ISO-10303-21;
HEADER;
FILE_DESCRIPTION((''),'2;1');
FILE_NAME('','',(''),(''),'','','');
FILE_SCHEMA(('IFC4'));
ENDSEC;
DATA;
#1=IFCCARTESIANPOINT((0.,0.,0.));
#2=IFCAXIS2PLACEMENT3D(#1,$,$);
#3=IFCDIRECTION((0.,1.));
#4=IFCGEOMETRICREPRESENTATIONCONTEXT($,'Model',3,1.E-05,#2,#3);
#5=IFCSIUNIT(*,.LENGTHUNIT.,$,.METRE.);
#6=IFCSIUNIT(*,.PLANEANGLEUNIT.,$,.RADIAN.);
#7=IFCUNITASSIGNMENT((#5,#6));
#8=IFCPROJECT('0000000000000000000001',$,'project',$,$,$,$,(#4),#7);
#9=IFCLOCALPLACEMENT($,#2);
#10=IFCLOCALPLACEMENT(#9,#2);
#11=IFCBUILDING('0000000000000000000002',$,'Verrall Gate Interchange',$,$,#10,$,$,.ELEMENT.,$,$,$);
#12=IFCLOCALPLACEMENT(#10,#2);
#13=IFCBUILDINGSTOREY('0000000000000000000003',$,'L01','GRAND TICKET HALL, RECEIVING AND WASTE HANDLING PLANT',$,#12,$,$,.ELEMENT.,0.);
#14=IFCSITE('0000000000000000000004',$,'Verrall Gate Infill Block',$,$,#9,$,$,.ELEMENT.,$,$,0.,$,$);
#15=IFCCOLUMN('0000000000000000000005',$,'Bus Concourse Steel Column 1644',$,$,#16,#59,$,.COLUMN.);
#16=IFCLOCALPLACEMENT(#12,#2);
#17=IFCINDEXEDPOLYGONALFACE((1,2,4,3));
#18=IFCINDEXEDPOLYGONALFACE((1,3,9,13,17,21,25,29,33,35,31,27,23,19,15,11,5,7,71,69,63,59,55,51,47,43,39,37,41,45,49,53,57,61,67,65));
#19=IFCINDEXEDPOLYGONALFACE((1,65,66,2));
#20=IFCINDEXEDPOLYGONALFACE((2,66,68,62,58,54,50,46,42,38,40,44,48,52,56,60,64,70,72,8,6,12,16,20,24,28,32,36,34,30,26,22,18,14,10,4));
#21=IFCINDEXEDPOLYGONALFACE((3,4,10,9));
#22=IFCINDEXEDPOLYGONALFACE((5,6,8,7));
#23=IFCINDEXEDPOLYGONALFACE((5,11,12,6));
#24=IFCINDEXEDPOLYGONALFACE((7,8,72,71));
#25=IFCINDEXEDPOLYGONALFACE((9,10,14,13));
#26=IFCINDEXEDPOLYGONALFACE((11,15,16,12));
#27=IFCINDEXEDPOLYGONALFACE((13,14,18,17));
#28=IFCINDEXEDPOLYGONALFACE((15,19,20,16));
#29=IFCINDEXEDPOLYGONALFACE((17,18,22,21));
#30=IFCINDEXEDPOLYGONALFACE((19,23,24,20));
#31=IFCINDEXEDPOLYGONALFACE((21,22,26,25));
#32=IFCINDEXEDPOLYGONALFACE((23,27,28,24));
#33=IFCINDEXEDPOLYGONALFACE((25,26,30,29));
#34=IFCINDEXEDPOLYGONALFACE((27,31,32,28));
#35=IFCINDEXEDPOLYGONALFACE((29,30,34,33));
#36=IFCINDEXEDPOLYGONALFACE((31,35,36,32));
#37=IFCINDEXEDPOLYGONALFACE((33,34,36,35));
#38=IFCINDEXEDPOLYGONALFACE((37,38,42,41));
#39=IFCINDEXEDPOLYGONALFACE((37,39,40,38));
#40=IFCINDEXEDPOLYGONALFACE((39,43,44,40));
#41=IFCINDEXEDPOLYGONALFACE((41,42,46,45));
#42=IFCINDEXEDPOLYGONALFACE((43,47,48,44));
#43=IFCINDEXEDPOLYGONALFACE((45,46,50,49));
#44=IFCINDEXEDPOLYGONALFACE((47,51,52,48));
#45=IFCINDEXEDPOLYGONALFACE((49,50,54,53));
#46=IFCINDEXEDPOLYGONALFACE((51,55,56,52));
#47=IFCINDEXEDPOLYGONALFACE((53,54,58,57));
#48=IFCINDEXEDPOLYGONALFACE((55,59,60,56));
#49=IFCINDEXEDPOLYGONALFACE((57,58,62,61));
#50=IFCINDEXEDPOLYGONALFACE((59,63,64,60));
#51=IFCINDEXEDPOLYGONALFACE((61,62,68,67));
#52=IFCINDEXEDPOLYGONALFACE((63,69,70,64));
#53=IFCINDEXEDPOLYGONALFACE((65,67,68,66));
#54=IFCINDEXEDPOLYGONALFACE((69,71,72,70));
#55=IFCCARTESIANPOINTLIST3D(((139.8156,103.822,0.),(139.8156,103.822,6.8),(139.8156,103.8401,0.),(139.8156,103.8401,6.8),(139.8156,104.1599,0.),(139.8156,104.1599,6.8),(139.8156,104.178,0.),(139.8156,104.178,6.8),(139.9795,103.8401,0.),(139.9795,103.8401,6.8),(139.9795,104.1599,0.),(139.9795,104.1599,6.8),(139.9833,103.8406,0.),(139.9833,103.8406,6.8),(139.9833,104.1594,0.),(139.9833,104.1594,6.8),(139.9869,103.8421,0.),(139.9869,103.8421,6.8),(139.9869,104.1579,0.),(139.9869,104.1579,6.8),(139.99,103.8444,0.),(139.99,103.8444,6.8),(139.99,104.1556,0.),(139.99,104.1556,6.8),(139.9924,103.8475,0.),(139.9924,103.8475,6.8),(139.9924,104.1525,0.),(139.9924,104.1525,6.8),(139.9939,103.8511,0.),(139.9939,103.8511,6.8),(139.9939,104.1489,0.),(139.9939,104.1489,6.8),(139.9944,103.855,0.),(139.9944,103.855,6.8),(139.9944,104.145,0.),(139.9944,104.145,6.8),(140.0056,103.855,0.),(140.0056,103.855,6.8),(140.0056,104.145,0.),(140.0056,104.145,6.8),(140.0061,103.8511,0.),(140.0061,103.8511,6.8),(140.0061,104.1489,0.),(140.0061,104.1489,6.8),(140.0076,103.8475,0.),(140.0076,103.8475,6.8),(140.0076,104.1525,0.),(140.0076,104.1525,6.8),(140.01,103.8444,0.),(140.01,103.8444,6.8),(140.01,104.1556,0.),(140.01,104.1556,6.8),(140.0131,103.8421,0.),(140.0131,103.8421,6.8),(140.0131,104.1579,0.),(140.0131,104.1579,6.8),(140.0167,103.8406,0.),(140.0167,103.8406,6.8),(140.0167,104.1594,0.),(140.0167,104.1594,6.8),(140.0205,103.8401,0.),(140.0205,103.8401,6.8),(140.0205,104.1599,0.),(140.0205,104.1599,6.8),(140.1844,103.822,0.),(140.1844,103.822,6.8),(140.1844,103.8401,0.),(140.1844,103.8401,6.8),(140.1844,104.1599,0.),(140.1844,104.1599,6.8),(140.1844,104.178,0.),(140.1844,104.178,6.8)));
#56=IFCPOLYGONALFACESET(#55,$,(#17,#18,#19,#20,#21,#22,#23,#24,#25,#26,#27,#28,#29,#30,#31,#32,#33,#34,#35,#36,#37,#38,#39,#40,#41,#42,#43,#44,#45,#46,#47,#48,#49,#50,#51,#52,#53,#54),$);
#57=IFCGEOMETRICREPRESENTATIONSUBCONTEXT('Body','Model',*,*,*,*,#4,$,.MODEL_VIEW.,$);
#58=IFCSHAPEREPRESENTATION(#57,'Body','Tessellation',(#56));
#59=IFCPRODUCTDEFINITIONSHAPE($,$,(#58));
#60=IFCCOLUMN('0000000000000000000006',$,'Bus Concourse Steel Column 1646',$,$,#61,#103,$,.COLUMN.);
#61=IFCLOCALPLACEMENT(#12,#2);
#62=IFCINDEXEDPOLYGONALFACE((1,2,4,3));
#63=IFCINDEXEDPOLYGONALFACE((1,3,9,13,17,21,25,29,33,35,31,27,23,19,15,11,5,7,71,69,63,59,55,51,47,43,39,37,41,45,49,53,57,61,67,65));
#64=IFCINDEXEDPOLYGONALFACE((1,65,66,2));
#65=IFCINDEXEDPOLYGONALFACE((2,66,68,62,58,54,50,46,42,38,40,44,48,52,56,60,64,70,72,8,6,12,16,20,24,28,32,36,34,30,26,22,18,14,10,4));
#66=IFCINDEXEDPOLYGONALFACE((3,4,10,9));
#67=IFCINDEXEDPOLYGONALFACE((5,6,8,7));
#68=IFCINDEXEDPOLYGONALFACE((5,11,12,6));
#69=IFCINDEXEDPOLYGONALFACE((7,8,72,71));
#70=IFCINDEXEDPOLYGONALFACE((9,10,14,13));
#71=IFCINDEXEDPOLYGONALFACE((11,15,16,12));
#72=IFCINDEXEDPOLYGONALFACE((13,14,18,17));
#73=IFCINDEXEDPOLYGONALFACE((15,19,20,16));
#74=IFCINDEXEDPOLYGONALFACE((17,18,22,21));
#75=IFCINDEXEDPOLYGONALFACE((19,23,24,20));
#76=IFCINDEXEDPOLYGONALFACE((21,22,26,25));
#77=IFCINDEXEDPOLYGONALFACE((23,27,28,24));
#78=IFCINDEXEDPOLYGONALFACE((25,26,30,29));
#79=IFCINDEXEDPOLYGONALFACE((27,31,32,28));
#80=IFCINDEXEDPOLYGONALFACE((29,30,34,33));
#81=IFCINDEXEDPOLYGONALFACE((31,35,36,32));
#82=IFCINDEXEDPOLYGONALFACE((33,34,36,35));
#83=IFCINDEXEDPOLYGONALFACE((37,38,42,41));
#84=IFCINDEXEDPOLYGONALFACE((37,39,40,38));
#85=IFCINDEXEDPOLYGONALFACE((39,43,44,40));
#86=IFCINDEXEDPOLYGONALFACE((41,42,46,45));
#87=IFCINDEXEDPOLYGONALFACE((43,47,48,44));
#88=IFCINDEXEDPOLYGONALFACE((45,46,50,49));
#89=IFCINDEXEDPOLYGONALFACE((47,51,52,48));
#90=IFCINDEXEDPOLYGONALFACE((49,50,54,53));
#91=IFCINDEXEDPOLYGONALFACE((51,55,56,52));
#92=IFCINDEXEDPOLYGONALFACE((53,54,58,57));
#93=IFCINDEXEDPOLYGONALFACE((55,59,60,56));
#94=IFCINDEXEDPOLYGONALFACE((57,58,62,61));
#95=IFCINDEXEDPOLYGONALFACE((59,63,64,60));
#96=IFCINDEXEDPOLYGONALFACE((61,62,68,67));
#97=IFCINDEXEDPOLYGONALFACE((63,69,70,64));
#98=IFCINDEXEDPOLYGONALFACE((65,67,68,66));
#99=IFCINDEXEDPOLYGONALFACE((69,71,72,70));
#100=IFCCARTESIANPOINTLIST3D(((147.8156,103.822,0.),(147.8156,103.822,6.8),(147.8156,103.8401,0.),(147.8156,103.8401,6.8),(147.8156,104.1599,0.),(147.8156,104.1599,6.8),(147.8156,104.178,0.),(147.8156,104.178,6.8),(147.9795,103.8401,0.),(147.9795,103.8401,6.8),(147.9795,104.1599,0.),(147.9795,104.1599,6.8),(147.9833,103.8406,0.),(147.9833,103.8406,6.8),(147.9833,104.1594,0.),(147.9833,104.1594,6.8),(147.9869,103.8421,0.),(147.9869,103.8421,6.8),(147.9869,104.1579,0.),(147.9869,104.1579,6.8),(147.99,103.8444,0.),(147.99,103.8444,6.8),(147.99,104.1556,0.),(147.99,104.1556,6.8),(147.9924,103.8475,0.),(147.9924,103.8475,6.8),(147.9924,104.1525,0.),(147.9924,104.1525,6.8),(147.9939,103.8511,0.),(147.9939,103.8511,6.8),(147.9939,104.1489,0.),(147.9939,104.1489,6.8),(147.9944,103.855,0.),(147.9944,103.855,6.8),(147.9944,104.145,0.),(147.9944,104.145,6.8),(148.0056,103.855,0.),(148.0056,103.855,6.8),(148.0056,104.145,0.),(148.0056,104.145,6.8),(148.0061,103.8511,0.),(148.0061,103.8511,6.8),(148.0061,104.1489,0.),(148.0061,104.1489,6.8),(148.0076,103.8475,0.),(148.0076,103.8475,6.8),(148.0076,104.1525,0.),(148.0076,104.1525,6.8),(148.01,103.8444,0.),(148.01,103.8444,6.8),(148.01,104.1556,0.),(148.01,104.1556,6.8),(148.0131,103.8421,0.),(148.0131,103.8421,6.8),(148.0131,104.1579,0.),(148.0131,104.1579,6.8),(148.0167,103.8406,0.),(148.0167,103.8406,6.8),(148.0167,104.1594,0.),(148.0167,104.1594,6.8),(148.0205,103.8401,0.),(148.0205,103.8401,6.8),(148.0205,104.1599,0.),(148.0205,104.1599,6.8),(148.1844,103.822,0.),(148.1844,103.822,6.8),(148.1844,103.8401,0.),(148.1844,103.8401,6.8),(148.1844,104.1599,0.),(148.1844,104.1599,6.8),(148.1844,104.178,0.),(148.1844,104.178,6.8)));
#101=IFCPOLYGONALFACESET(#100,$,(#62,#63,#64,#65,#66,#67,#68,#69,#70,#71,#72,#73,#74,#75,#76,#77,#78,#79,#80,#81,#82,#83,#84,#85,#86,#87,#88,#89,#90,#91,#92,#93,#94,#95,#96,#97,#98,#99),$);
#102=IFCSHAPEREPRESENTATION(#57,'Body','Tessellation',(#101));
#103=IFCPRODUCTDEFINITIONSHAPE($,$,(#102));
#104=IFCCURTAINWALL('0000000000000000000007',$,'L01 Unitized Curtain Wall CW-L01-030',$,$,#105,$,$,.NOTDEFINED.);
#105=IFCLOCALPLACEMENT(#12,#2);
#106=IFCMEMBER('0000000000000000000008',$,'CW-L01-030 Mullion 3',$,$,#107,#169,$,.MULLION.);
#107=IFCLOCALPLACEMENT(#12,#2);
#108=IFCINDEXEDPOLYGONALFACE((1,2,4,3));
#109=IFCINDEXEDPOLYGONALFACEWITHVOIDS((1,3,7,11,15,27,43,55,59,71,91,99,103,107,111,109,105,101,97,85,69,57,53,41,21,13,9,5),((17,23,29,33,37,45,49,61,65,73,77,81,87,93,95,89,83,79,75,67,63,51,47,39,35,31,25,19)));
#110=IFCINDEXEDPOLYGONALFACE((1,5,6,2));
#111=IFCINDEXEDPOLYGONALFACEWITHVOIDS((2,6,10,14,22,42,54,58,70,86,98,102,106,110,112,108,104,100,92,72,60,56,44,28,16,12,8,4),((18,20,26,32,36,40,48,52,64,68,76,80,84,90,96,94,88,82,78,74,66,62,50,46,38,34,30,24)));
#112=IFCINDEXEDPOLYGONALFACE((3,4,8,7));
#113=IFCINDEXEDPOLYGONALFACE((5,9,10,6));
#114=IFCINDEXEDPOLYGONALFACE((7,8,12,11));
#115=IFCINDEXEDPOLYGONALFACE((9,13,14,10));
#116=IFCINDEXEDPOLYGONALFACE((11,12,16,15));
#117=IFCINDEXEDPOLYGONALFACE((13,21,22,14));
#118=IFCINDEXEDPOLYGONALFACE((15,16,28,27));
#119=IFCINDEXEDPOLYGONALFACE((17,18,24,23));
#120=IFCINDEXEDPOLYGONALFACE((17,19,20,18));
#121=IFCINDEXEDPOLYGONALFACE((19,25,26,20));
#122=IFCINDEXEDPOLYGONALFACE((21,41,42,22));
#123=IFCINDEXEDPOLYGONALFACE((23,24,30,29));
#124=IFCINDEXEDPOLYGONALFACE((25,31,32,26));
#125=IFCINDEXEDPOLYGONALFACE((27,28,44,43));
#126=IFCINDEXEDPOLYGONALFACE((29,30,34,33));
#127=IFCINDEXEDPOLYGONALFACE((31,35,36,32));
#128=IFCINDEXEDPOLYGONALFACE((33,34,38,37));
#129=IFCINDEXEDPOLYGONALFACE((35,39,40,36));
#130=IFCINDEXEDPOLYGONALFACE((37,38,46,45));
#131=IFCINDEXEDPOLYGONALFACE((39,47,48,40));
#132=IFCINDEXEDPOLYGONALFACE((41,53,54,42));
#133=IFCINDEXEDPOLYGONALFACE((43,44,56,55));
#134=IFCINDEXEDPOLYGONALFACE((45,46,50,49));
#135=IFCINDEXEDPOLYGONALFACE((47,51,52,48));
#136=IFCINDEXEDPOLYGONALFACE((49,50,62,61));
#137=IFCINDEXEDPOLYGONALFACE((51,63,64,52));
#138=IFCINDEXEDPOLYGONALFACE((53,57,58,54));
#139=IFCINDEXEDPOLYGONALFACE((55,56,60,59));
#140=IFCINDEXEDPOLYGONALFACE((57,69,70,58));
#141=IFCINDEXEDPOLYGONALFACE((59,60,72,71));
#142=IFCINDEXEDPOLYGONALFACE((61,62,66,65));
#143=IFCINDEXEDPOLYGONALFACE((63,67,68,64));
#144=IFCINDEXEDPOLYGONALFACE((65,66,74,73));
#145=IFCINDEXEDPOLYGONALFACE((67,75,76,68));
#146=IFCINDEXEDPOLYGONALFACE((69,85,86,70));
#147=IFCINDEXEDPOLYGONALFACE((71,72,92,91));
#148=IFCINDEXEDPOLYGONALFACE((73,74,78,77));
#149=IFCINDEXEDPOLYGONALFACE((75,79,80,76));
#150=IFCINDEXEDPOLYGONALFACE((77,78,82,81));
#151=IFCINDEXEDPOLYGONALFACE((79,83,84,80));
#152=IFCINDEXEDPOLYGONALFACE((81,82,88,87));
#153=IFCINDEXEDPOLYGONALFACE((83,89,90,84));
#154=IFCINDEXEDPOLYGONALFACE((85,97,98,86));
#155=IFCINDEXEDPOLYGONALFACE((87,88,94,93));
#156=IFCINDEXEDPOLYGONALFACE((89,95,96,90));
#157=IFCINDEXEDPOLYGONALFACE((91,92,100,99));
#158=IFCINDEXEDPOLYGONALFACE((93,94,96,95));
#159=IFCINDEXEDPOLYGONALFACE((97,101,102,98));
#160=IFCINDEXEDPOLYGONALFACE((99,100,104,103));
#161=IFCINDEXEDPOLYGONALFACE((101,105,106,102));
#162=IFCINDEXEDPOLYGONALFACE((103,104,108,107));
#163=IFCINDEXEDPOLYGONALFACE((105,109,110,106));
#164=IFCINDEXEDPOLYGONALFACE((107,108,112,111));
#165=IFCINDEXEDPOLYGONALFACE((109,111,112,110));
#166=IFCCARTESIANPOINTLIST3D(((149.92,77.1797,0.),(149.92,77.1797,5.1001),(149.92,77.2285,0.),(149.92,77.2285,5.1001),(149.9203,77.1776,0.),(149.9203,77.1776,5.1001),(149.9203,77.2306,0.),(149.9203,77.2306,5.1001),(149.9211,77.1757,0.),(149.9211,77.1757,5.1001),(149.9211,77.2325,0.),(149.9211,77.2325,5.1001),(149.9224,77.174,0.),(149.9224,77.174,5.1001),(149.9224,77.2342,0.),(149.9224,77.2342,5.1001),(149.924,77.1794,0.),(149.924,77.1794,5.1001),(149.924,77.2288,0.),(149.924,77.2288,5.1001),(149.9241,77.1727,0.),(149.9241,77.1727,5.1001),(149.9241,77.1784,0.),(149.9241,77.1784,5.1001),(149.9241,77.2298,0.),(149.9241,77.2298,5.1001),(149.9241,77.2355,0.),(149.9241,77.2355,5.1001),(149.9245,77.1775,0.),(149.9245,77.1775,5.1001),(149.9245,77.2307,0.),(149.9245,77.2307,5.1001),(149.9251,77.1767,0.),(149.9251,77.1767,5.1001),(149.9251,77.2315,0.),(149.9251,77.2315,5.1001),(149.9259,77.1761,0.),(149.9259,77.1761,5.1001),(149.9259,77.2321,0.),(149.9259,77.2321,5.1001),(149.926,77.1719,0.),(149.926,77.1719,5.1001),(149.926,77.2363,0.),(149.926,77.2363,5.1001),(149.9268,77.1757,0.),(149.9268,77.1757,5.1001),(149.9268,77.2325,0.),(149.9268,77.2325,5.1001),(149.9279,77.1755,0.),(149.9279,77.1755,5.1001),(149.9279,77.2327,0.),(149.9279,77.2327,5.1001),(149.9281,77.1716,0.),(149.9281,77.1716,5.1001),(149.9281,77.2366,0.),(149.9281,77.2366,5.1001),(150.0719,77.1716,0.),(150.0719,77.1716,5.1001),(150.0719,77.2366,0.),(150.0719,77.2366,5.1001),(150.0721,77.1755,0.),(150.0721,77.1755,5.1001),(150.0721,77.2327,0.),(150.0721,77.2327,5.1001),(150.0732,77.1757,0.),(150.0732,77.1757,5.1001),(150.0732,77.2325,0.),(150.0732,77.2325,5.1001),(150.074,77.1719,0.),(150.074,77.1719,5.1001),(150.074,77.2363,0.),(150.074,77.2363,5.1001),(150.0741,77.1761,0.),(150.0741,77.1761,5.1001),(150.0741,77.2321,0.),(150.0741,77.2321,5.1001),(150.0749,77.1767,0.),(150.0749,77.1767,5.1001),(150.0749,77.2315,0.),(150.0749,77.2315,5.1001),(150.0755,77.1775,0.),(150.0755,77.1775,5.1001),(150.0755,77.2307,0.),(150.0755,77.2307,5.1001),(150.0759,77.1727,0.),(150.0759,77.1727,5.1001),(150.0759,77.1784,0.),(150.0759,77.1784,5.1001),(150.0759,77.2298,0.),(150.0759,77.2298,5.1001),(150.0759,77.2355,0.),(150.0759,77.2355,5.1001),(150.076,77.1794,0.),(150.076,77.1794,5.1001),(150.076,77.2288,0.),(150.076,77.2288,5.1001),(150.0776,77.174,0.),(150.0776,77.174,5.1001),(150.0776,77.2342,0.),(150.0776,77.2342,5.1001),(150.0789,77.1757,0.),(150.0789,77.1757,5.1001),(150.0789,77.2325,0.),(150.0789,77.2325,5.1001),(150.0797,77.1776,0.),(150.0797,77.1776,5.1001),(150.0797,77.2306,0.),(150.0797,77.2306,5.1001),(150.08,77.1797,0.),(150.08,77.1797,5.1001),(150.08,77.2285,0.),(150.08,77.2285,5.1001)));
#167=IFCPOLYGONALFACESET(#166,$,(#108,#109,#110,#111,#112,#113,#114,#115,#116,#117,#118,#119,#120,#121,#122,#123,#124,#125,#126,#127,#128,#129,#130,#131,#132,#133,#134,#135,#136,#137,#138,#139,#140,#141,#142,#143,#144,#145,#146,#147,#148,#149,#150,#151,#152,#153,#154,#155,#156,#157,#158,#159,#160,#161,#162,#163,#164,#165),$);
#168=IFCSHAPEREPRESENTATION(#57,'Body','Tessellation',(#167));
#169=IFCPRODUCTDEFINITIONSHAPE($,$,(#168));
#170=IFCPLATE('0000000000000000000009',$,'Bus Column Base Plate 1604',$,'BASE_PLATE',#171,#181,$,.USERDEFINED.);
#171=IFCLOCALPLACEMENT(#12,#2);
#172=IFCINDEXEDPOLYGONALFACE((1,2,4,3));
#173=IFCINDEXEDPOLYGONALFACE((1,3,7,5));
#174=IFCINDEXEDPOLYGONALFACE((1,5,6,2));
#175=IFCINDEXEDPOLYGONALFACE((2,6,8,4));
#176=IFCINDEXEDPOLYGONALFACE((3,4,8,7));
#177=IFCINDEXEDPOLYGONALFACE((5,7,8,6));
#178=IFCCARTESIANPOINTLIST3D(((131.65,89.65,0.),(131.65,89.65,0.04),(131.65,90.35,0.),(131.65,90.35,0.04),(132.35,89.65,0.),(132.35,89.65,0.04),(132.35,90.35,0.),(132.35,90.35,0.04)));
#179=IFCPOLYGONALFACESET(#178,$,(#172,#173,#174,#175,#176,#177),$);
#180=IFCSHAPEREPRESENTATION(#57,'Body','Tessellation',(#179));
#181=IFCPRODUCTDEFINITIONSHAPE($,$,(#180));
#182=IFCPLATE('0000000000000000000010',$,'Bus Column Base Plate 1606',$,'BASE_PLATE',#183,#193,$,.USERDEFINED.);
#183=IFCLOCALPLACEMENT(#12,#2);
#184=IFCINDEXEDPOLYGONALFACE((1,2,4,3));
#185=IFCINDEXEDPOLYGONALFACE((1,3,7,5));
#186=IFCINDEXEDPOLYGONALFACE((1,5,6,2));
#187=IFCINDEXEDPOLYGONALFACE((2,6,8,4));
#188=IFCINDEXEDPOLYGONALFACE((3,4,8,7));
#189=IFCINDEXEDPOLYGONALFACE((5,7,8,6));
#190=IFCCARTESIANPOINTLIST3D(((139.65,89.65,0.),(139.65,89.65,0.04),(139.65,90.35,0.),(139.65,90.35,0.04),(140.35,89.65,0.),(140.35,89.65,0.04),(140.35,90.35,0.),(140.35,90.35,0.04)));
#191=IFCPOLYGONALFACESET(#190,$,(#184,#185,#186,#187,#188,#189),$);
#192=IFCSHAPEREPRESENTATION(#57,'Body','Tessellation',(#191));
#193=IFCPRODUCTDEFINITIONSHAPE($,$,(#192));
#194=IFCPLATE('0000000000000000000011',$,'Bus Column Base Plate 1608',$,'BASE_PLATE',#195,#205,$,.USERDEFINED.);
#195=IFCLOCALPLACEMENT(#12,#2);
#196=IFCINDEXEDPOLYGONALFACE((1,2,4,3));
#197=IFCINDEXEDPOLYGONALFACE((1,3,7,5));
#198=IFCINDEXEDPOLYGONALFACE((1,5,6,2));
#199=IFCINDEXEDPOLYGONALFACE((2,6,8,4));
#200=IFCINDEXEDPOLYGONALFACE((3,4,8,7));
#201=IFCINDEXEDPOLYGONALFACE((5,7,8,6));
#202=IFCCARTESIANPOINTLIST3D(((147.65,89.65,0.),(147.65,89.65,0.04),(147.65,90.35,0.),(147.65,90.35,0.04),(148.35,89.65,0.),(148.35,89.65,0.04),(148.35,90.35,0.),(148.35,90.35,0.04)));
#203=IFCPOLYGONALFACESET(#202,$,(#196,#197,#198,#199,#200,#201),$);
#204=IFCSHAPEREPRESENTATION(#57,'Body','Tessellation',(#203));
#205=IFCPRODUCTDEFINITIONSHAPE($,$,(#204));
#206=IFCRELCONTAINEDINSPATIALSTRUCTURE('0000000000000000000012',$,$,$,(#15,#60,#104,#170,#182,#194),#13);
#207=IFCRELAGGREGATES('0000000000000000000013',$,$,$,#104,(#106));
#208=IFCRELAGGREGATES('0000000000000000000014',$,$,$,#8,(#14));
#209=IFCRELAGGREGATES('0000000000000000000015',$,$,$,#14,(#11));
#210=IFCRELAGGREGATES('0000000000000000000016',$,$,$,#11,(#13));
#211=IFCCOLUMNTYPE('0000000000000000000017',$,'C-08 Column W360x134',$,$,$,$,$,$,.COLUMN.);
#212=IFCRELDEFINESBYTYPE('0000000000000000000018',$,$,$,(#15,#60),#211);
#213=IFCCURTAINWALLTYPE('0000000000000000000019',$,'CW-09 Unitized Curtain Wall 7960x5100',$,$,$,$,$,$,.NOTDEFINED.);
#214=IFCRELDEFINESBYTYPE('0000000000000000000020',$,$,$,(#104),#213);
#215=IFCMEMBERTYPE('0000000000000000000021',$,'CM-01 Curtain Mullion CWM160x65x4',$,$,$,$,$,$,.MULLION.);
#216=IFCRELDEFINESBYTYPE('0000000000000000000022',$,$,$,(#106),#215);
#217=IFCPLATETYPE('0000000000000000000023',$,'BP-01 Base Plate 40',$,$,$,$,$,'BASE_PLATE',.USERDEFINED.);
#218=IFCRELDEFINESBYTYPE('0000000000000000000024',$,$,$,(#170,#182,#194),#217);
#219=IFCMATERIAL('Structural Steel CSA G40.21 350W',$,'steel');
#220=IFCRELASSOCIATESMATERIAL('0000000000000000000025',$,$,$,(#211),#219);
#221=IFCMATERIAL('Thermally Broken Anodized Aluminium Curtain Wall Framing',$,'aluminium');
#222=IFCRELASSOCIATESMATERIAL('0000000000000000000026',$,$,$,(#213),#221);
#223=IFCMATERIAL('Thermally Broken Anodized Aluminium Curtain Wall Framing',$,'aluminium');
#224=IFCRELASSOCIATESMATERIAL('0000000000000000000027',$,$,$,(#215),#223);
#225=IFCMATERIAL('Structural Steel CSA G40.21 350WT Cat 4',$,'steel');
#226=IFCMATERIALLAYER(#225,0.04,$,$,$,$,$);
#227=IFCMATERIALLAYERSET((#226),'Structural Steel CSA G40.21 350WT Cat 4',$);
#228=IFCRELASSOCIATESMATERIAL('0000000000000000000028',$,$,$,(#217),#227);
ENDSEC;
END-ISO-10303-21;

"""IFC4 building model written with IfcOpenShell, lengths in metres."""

from ifc_helpers import new_model, si_unit, direction, frame, origin, origin_2d, place, context, subcontext, project, spatial, rectangle, hollow_rectangle, i_section, extrude, material, layer, layer_set, material_profile, profile_set, type_object, element, aggregate, save


model = new_model("IFC4")

# Units and contexts
model_context = context("Model", 3, precision=1e-05, world=origin(), true_north=direction((0.0, 1.0)))
body_context = subcontext(model_context, "Body", "Model", "MODEL_VIEW")
ifc_project = project(units=[si_unit("LENGTHUNIT", "METRE"), si_unit("PLANEANGLEUNIT", "RADIAN")], contexts=[model_context])

# Site, building, storey
site_placement = place(None, origin())
site = spatial("IfcSite", under=ifc_project, at=site_placement, Name="Verrall Gate Infill Block", CompositionType="ELEMENT", RefElevation=0.0)
building_placement = place(site_placement, origin())
building = spatial("IfcBuilding", under=site, at=building_placement, Name="Verrall Gate Interchange", CompositionType="ELEMENT")
storey_placement = place(building_placement, origin())
storey = spatial("IfcBuildingStorey", under=building, at=storey_placement, Name="L01", Description="GRAND TICKET HALL, RECEIVING AND WASTE HANDLING PLANT", CompositionType="ELEMENT", Elevation=0.0)

# Columns
ifc_material_1 = material(Name="Structural Steel CSA G40.21 350W", Category="steel")
ifc_material_profile_1 = material_profile(ifc_material_1, i_section(OverallWidth=0.3689, OverallDepth=0.356, WebThickness=0.0112, FlangeThickness=0.0181, FilletRadius=0.0149, at=origin_2d()), Name="W360x134")
ifc_profile_set_1 = profile_set([ifc_material_profile_1], Name="Structural Steel CSA G40.21 350W")
column_type = type_object("IfcColumnType", Name="C-08 Column W360x134", PredefinedType="COLUMN", material=ifc_profile_set_1)
for number, where, z_axis, x_axis, name in (
    (1, (140.0, 104.0, 0.0), (0.0, 0.0, 1.0), (1.0, 0.0, 0.0), "Bus Concourse Steel Column 1644"),
    (2, (148.0, 104.0, 0.0), (0.0, 0.0, 1.0), (1.0, 0.0, 0.0), "Bus Concourse Steel Column 1646"),
):
    element("IfcColumn", number, at=place(storey_placement, frame(where, z_axis=z_axis, x_axis=x_axis)), inside=storey, type_object=column_type, Name=name, PredefinedType="COLUMN", context=body_context, shape_type="SweptSolid", body=[
        extrude(i_section(OverallWidth=0.3689, OverallDepth=0.356, WebThickness=0.0112, FlangeThickness=0.0181, FilletRadius=0.0149, at=origin_2d()), origin(), (0.0, 0.0, 1.0), 6.8),
    ])

# Curtain wall, member
ifc_material_2 = material(Name="Thermally Broken Anodized Aluminium Curtain Wall Framing", Category="aluminium")
curtain_wall_type = type_object("IfcCurtainWallType", Name="CW-09 Unitized Curtain Wall 7960x5100", PredefinedType="NOTDEFINED", material=ifc_material_2)
curtain_wall_placement = place(storey_placement, origin())
curtain_wall = element("IfcCurtainWall", 3, at=curtain_wall_placement, inside=storey, type_object=curtain_wall_type, Name="L01 Unitized Curtain Wall CW-L01-030", PredefinedType="NOTDEFINED")
ifc_material_3 = material(Name="Thermally Broken Anodized Aluminium Curtain Wall Framing", Category="aluminium")
ifc_material_profile_2 = material_profile(ifc_material_3, hollow_rectangle(XDim=0.0649, YDim=0.1599, WallThickness=0.0039, InnerFilletRadius=0.0039, OuterFilletRadius=0.0081, at=origin_2d()), Name="CWM160x65x4")
ifc_profile_set_2 = profile_set([ifc_material_profile_2], Name="Thermally Broken Anodized Aluminium Curtain Wall Framing")
member_type = type_object("IfcMemberType", Name="CM-01 Curtain Mullion CWM160x65x4", PredefinedType="MULLION", material=ifc_profile_set_2)
member_placement = place(storey_placement, frame((150.0, 77.2041, 0.0), z_axis=(0.0, 0.0, 1.0), x_axis=(0.0, 1.0, 0.0)))
member = element("IfcMember", 4, at=member_placement, type_object=member_type, Name="CW-L01-030 Mullion 3", PredefinedType="MULLION", context=body_context, shape_type="SweptSolid", body=[
    extrude(hollow_rectangle(XDim=0.0649, YDim=0.1599, WallThickness=0.0039, InnerFilletRadius=0.0039, OuterFilletRadius=0.0081, at=origin_2d()), origin(), (0.0, 0.0, 1.0), 5.1001),
])

# Plates
ifc_material_4 = material(Name="Structural Steel CSA G40.21 350WT Cat 4", Category="steel")
ifc_layer_1 = layer(ifc_material_4, 0.04)
ifc_layer_set_1 = layer_set([ifc_layer_1], Name="Structural Steel CSA G40.21 350WT Cat 4")
plate_type_1 = type_object("IfcPlateType", Name="BP-01 Base Plate 40", ElementType="BASE_PLATE", PredefinedType="USERDEFINED", material=ifc_layer_set_1)
for number, where, z_axis, x_axis, name in (
    (5, (132.0, 90.0, 0.0), (0.0, 0.0, 1.0), (1.0, 0.0, 0.0), "Bus Column Base Plate 1604"),
    (6, (140.0, 90.0, 0.0), (0.0, 0.0, 1.0), (1.0, 0.0, 0.0), "Bus Column Base Plate 1606"),
    (7, (148.0, 90.0, 0.0), (0.0, 0.0, 1.0), (1.0, 0.0, 0.0), "Bus Column Base Plate 1608"),
):
    element("IfcPlate", number, at=place(storey_placement, frame(where, z_axis=z_axis, x_axis=x_axis)), inside=storey, type_object=plate_type_1, Name=name, ObjectType="BASE_PLATE", PredefinedType="USERDEFINED", context=body_context, shape_type="SweptSolid", body=[
        extrude(rectangle(XDim=0.7, YDim=0.7, at=origin_2d()), origin(), (0.0, 0.0, 1.0), 0.04),
    ])

aggregate(curtain_wall, [member])

save(model, "model.ifc")
